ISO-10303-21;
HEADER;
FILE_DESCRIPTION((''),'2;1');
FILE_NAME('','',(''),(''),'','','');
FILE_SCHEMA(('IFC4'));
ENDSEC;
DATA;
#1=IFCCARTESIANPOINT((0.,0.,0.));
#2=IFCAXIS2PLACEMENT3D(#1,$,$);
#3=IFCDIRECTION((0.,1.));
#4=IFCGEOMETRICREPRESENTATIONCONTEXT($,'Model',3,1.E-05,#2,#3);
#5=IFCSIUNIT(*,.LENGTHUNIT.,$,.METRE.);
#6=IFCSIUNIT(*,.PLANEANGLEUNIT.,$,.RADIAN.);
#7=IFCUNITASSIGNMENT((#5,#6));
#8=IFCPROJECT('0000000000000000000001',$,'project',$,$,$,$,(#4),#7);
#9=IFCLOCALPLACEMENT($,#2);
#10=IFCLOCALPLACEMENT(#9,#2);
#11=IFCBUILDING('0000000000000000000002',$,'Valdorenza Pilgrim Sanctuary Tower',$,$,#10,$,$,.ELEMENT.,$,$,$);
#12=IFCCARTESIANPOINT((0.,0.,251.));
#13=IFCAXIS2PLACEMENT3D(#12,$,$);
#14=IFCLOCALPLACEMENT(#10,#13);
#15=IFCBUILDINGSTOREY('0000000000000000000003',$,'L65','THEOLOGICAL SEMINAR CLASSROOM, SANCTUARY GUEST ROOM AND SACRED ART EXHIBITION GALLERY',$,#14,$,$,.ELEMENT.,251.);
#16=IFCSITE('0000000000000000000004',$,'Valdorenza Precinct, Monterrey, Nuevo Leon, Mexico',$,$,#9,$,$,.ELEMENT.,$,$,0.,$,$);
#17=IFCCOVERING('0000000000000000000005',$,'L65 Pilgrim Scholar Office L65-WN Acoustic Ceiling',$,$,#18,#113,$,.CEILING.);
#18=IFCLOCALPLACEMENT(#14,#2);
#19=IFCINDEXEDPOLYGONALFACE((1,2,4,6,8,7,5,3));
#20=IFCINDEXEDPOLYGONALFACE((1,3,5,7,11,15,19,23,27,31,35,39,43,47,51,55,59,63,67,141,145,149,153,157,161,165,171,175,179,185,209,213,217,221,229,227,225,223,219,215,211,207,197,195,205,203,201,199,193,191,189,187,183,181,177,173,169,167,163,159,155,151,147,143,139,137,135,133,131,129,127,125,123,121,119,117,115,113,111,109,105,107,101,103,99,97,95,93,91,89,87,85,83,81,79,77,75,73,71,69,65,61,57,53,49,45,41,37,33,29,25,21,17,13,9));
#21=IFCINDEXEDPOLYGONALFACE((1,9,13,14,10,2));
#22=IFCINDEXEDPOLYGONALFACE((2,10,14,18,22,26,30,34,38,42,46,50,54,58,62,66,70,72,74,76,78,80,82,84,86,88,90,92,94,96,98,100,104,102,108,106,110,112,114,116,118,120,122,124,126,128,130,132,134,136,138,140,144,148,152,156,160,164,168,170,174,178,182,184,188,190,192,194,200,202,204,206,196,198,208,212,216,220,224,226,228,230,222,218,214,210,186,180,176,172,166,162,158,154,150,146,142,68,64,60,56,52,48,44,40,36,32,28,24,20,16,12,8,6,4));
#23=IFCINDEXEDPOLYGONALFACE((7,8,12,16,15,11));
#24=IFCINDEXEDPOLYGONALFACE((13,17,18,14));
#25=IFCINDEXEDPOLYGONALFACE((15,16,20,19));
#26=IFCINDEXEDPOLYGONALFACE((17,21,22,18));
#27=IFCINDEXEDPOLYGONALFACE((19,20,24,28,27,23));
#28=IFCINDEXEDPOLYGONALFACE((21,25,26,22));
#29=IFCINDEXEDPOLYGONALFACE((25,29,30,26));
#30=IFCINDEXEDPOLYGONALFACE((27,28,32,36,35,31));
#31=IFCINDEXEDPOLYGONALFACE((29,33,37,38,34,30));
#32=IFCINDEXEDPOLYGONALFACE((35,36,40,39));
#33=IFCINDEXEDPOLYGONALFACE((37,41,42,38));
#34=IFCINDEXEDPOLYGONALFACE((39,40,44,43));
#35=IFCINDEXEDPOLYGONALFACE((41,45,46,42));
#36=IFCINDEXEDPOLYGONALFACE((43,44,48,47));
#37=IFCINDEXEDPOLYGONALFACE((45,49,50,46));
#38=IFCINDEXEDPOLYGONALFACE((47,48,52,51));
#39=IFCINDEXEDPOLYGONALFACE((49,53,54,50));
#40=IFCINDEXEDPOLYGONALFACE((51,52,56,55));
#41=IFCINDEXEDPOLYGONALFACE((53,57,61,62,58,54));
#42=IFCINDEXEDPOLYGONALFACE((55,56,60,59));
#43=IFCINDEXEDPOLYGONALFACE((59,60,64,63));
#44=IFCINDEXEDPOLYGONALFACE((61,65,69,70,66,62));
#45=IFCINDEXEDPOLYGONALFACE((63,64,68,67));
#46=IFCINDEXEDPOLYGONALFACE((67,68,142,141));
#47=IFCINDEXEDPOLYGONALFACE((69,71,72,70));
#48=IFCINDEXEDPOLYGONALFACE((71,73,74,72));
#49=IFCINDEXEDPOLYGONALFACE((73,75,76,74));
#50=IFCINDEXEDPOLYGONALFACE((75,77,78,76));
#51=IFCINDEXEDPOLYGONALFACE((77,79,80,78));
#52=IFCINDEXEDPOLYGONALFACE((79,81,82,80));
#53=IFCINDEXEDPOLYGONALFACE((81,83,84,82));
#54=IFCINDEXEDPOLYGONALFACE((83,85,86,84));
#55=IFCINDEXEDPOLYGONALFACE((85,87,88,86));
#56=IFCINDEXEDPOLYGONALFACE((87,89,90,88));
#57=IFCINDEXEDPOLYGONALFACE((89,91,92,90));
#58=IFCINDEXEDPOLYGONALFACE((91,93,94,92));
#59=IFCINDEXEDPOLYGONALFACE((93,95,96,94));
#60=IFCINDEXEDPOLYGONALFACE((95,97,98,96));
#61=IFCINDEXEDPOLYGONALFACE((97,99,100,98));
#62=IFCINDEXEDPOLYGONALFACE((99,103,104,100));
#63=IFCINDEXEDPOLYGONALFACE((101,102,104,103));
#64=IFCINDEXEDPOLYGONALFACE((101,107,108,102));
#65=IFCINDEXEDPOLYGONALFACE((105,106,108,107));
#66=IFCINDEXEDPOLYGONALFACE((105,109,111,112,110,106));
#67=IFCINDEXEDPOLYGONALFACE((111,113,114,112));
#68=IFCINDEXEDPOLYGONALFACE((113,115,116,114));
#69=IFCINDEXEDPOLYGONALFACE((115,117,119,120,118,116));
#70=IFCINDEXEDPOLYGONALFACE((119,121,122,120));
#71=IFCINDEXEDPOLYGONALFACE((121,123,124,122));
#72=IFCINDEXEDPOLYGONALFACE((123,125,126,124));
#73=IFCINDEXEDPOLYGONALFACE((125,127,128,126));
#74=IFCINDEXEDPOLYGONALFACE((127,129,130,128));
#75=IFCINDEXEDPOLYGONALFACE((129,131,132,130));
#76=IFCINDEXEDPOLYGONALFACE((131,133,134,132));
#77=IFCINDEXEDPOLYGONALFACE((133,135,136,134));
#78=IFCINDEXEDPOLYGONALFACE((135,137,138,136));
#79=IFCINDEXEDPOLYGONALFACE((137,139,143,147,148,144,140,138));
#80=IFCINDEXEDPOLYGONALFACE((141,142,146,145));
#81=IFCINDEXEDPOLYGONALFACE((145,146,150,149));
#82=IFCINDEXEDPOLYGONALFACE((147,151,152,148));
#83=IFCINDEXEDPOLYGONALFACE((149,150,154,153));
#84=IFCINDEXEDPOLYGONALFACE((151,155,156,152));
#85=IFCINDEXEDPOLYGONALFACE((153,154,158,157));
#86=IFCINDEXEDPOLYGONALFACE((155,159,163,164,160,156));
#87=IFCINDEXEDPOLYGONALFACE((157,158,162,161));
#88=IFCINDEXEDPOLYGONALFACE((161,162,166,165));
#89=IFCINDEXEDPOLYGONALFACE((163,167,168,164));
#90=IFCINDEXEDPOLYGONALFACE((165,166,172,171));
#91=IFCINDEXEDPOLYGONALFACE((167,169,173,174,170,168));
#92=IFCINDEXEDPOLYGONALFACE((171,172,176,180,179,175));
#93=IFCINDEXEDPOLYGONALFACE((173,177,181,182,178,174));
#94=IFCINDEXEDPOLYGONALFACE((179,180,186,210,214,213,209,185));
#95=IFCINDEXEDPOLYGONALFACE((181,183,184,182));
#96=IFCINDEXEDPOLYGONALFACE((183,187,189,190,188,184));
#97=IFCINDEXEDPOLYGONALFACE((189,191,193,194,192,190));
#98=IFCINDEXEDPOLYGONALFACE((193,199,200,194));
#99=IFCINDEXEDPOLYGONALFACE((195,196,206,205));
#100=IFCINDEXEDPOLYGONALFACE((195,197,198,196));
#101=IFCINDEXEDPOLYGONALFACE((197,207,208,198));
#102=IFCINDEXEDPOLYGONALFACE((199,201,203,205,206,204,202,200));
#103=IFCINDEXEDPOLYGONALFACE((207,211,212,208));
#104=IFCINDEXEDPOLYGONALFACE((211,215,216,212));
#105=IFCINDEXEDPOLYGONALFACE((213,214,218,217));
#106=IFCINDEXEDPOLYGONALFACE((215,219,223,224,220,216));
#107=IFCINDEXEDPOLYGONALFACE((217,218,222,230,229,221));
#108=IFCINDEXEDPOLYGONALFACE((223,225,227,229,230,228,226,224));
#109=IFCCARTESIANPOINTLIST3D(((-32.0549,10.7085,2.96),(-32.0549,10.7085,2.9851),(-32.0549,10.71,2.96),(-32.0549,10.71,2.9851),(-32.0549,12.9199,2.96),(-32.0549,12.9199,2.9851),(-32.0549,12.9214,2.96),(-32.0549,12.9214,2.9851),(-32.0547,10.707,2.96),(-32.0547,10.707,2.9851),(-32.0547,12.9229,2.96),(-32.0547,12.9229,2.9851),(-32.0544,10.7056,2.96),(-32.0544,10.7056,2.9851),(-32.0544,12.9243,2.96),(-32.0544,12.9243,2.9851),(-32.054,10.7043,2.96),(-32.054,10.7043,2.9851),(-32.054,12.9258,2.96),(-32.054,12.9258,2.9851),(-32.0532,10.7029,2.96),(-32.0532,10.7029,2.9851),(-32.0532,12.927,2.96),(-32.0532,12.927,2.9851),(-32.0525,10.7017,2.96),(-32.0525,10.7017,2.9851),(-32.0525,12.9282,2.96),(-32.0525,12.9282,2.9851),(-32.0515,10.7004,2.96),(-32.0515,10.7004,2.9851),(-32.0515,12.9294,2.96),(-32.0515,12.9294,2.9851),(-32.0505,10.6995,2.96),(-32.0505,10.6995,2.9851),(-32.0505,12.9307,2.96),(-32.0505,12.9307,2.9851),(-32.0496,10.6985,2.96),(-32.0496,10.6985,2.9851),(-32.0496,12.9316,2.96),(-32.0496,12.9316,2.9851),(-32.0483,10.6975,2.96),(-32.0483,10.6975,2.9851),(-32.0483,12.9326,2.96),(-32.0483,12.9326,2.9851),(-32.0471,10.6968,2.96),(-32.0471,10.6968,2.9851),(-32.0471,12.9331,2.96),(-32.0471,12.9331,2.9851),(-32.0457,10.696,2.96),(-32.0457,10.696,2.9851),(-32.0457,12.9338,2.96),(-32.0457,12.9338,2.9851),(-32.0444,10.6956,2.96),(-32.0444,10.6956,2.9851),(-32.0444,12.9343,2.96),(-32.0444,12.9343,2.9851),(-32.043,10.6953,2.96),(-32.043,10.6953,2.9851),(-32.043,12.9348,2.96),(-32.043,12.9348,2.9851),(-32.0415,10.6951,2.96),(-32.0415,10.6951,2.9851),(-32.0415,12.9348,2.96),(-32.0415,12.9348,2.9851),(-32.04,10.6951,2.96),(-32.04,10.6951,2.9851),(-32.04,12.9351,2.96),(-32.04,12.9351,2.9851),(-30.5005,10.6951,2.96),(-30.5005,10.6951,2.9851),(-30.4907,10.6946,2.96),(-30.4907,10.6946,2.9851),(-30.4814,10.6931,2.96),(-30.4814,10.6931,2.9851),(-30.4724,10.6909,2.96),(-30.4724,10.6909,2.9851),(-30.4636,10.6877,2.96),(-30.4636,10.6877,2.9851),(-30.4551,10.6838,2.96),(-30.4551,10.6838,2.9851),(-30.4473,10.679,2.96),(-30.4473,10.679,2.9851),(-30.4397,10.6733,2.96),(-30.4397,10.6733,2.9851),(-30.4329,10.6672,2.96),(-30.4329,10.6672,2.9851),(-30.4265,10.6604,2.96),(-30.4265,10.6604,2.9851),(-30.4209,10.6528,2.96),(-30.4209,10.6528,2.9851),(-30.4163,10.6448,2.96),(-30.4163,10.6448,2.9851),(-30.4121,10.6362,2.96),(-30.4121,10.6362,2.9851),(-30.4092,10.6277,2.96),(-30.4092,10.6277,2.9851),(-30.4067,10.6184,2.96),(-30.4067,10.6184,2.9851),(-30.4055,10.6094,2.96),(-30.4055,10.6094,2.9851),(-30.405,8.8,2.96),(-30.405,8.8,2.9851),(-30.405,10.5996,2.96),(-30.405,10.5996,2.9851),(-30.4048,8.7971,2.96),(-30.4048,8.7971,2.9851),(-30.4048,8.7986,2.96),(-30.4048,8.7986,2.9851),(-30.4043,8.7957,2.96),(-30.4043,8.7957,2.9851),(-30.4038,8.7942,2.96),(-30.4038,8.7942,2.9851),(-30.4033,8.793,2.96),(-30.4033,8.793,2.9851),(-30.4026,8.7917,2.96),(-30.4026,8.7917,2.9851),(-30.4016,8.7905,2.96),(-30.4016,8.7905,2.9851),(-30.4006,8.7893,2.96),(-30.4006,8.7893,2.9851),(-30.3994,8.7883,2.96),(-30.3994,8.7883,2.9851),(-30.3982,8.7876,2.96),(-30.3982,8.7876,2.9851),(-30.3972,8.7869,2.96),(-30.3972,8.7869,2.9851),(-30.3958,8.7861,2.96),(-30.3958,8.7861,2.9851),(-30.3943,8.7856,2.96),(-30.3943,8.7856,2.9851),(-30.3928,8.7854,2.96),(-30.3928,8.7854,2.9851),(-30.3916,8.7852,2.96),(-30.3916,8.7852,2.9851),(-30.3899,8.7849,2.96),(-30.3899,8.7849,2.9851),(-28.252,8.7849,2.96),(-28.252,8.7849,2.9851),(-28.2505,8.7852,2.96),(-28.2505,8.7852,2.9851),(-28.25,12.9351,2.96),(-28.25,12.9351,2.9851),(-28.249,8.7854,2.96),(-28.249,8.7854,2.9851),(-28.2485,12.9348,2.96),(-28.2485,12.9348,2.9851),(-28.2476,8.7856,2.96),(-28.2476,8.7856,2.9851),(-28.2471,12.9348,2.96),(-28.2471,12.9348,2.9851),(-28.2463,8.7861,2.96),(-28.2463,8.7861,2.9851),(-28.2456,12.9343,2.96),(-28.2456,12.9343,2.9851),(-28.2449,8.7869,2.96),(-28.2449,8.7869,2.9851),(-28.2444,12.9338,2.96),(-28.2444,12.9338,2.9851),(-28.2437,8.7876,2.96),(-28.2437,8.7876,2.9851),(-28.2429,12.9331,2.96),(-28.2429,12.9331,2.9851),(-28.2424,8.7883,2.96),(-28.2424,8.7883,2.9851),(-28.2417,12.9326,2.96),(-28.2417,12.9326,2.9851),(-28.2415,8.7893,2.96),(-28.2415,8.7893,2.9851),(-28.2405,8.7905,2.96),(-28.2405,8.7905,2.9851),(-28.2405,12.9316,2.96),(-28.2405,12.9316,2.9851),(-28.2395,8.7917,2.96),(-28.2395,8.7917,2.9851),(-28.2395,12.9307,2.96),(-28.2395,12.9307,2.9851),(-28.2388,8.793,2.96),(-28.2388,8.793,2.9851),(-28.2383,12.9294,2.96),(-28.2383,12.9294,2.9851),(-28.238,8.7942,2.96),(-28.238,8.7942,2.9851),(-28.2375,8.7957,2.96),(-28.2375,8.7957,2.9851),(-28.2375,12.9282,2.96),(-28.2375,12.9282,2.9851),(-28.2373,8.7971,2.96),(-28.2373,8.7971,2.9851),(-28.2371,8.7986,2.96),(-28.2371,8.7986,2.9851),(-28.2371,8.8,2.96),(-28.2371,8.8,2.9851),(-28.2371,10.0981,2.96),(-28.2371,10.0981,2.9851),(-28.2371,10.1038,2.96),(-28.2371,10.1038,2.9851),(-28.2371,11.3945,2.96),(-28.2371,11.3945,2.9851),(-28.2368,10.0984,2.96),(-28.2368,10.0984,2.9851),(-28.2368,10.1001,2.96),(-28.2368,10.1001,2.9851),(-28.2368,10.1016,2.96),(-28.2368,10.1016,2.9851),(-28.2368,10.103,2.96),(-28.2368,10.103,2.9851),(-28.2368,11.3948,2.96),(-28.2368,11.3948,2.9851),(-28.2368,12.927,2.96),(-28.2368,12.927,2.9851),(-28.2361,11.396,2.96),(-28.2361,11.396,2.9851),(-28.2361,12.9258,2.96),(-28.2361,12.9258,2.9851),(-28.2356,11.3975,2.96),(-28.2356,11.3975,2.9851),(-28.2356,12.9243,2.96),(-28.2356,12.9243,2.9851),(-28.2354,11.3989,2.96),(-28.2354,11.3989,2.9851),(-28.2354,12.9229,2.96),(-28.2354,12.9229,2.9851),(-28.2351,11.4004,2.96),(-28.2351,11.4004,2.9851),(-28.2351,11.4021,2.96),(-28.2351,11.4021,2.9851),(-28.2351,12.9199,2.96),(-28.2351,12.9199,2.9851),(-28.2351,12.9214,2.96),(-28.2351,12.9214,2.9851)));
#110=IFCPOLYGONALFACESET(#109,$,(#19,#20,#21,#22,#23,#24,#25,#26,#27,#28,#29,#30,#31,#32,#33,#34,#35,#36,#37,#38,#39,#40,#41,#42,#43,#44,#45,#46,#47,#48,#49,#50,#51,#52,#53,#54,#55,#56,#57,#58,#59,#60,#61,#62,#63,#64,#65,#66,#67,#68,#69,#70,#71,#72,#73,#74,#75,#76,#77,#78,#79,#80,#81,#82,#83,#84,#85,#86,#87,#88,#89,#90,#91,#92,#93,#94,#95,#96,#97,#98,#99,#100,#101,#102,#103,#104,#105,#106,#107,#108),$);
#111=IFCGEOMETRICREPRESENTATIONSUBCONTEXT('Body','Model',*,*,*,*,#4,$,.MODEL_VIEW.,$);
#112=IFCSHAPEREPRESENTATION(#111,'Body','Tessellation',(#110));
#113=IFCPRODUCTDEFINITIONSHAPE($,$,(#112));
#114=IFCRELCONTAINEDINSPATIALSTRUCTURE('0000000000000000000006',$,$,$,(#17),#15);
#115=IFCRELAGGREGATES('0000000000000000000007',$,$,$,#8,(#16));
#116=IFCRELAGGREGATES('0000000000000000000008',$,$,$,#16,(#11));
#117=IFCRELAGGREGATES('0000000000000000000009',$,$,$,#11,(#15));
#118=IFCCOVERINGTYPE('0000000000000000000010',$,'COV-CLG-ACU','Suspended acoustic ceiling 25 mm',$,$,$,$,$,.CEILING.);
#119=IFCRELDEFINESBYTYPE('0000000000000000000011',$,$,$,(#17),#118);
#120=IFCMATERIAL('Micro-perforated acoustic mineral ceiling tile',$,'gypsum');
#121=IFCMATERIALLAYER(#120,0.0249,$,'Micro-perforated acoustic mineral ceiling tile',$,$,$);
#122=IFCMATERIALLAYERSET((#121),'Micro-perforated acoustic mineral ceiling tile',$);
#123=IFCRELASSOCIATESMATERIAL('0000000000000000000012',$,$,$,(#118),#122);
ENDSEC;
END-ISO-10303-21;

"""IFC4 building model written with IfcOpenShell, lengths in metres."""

from ifc_helpers import new_model, si_unit, direction, frame, origin, place, context, subcontext, project, spatial, polyline, outline, extrude, material, layer, layer_set, type_object, element, save


model = new_model("IFC4")

# Units and contexts
model_context = context("Model", 3, precision=1e-05, world=origin(), true_north=direction((0.0, 1.0)))
body_context = subcontext(model_context, "Body", "Model", "MODEL_VIEW")
ifc_project = project(units=[si_unit("LENGTHUNIT", "METRE"), si_unit("PLANEANGLEUNIT", "RADIAN")], contexts=[model_context])

# Site, building, storey
site_placement = place(None, origin())
site = spatial("IfcSite", under=ifc_project, at=site_placement, Name="Valdorenza Precinct, Monterrey, Nuevo Leon, Mexico", CompositionType="ELEMENT", RefElevation=0.0)
building_placement = place(site_placement, origin())
building = spatial("IfcBuilding", under=site, at=building_placement, Name="Valdorenza Pilgrim Sanctuary Tower", CompositionType="ELEMENT")
storey_placement = place(building_placement, frame((0.0, 0.0, 251.0)))
storey = spatial("IfcBuildingStorey", under=building, at=storey_placement, Name="L65", Description="THEOLOGICAL SEMINAR CLASSROOM, SANCTUARY GUEST ROOM AND SACRED ART EXHIBITION GALLERY", CompositionType="ELEMENT", Elevation=251.0)

# Covering
ifc_material_1 = material(Name="Micro-perforated acoustic mineral ceiling tile", Category="gypsum")
ifc_layer_1 = layer(ifc_material_1, 0.0249, Name="Micro-perforated acoustic mineral ceiling tile")
ifc_layer_set_1 = layer_set([ifc_layer_1], Name="Micro-perforated acoustic mineral ceiling tile")
covering_type_1 = type_object("IfcCoveringType", Name="COV-CLG-ACU", Description="Suspended acoustic ceiling 25 mm", PredefinedType="CEILING", material=ifc_layer_set_1)
covering_1_placement = place(storey_placement, frame((0.0, 0.0, 2.96)))
element("IfcCovering", 1, at=covering_1_placement, inside=storey, type_object=covering_type_1, Name="L65 Pilgrim Scholar Office L65-WN Acoustic Ceiling", PredefinedType="CEILING", context=body_context, shape_type="SweptSolid", body=[
    extrude(outline(polyline([(-28.2371, 11.3945), (-28.2371, 10.1038), (-28.2368, 10.103), (-28.2368, 10.1016), (-28.2368, 10.1001), (-28.2368, 10.0984), (-28.2371, 10.0981), (-28.2371, 8.8), (-28.2371, 8.7986), (-28.2373, 8.7971), (-28.2375, 8.7957), (-28.238, 8.7942), (-28.2388, 8.793), (-28.2395, 8.7917), (-28.2405, 8.7905), (-28.2415, 8.7893), (-28.2424, 8.7883), (-28.2437, 8.7876), (-28.2449, 8.7869), (-28.2463, 8.7861), (-28.2476, 8.7856), (-28.249, 8.7854), (-28.2505, 8.7852), (-28.252, 8.7849), (-30.3899, 8.7849), (-30.3916, 8.7852), (-30.3928, 8.7854), (-30.3943, 8.7856), (-30.3958, 8.7861), (-30.3972, 8.7869), (-30.3982, 8.7876), (-30.3994, 8.7883), (-30.4006, 8.7893), (-30.4016, 8.7905), (-30.4026, 8.7917), (-30.4033, 8.793), (-30.4038, 8.7942), (-30.4043, 8.7957), (-30.4048, 8.7971), (-30.4048, 8.7986), (-30.405, 8.8), (-30.405, 10.5996), (-30.4055, 10.6094), (-30.4067, 10.6184), (-30.4092, 10.6277), (-30.4121, 10.6362), (-30.4163, 10.6448), (-30.4209, 10.6528), (-30.4265, 10.6604), (-30.4329, 10.6672), (-30.4397, 10.6733), (-30.4473, 10.679), (-30.4551, 10.6838), (-30.4636, 10.6877), (-30.4724, 10.6909), (-30.4814, 10.6931), (-30.4907, 10.6946), (-30.5005, 10.6951), (-32.04, 10.6951), (-32.0415, 10.6951), (-32.043, 10.6953), (-32.0444, 10.6956), (-32.0457, 10.696), (-32.0471, 10.6968), (-32.0483, 10.6975), (-32.0496, 10.6985), (-32.0505, 10.6995), (-32.0515, 10.7004), (-32.0525, 10.7017), (-32.0532, 10.7029), (-32.054, 10.7043), (-32.0544, 10.7056), (-32.0547, 10.707), (-32.0549, 10.7085), (-32.0549, 10.71), (-32.0549, 12.9199), (-32.0549, 12.9214), (-32.0547, 12.9229), (-32.0544, 12.9243), (-32.054, 12.9258), (-32.0532, 12.927), (-32.0525, 12.9282), (-32.0515, 12.9294), (-32.0505, 12.9307), (-32.0496, 12.9316), (-32.0483, 12.9326), (-32.0471, 12.9331), (-32.0457, 12.9338), (-32.0444, 12.9343), (-32.043, 12.9348), (-32.0415, 12.9348), (-32.04, 12.9351), (-28.25, 12.9351), (-28.2485, 12.9348), (-28.2471, 12.9348), (-28.2456, 12.9343), (-28.2444, 12.9338), (-28.2429, 12.9331), (-28.2417, 12.9326), (-28.2405, 12.9316), (-28.2395, 12.9307), (-28.2383, 12.9294), (-28.2375, 12.9282), (-28.2368, 12.927), (-28.2361, 12.9258), (-28.2356, 12.9243), (-28.2354, 12.9229), (-28.2351, 12.9214), (-28.2351, 12.9199), (-28.2351, 11.4021), (-28.2351, 11.4004), (-28.2354, 11.3989), (-28.2356, 11.3975), (-28.2361, 11.396), (-28.2368, 11.3948), (-28.2371, 11.3945)])), origin(), (0.0, 0.0, 1.0), 0.0251),
])

save(model, "model.ifc")
